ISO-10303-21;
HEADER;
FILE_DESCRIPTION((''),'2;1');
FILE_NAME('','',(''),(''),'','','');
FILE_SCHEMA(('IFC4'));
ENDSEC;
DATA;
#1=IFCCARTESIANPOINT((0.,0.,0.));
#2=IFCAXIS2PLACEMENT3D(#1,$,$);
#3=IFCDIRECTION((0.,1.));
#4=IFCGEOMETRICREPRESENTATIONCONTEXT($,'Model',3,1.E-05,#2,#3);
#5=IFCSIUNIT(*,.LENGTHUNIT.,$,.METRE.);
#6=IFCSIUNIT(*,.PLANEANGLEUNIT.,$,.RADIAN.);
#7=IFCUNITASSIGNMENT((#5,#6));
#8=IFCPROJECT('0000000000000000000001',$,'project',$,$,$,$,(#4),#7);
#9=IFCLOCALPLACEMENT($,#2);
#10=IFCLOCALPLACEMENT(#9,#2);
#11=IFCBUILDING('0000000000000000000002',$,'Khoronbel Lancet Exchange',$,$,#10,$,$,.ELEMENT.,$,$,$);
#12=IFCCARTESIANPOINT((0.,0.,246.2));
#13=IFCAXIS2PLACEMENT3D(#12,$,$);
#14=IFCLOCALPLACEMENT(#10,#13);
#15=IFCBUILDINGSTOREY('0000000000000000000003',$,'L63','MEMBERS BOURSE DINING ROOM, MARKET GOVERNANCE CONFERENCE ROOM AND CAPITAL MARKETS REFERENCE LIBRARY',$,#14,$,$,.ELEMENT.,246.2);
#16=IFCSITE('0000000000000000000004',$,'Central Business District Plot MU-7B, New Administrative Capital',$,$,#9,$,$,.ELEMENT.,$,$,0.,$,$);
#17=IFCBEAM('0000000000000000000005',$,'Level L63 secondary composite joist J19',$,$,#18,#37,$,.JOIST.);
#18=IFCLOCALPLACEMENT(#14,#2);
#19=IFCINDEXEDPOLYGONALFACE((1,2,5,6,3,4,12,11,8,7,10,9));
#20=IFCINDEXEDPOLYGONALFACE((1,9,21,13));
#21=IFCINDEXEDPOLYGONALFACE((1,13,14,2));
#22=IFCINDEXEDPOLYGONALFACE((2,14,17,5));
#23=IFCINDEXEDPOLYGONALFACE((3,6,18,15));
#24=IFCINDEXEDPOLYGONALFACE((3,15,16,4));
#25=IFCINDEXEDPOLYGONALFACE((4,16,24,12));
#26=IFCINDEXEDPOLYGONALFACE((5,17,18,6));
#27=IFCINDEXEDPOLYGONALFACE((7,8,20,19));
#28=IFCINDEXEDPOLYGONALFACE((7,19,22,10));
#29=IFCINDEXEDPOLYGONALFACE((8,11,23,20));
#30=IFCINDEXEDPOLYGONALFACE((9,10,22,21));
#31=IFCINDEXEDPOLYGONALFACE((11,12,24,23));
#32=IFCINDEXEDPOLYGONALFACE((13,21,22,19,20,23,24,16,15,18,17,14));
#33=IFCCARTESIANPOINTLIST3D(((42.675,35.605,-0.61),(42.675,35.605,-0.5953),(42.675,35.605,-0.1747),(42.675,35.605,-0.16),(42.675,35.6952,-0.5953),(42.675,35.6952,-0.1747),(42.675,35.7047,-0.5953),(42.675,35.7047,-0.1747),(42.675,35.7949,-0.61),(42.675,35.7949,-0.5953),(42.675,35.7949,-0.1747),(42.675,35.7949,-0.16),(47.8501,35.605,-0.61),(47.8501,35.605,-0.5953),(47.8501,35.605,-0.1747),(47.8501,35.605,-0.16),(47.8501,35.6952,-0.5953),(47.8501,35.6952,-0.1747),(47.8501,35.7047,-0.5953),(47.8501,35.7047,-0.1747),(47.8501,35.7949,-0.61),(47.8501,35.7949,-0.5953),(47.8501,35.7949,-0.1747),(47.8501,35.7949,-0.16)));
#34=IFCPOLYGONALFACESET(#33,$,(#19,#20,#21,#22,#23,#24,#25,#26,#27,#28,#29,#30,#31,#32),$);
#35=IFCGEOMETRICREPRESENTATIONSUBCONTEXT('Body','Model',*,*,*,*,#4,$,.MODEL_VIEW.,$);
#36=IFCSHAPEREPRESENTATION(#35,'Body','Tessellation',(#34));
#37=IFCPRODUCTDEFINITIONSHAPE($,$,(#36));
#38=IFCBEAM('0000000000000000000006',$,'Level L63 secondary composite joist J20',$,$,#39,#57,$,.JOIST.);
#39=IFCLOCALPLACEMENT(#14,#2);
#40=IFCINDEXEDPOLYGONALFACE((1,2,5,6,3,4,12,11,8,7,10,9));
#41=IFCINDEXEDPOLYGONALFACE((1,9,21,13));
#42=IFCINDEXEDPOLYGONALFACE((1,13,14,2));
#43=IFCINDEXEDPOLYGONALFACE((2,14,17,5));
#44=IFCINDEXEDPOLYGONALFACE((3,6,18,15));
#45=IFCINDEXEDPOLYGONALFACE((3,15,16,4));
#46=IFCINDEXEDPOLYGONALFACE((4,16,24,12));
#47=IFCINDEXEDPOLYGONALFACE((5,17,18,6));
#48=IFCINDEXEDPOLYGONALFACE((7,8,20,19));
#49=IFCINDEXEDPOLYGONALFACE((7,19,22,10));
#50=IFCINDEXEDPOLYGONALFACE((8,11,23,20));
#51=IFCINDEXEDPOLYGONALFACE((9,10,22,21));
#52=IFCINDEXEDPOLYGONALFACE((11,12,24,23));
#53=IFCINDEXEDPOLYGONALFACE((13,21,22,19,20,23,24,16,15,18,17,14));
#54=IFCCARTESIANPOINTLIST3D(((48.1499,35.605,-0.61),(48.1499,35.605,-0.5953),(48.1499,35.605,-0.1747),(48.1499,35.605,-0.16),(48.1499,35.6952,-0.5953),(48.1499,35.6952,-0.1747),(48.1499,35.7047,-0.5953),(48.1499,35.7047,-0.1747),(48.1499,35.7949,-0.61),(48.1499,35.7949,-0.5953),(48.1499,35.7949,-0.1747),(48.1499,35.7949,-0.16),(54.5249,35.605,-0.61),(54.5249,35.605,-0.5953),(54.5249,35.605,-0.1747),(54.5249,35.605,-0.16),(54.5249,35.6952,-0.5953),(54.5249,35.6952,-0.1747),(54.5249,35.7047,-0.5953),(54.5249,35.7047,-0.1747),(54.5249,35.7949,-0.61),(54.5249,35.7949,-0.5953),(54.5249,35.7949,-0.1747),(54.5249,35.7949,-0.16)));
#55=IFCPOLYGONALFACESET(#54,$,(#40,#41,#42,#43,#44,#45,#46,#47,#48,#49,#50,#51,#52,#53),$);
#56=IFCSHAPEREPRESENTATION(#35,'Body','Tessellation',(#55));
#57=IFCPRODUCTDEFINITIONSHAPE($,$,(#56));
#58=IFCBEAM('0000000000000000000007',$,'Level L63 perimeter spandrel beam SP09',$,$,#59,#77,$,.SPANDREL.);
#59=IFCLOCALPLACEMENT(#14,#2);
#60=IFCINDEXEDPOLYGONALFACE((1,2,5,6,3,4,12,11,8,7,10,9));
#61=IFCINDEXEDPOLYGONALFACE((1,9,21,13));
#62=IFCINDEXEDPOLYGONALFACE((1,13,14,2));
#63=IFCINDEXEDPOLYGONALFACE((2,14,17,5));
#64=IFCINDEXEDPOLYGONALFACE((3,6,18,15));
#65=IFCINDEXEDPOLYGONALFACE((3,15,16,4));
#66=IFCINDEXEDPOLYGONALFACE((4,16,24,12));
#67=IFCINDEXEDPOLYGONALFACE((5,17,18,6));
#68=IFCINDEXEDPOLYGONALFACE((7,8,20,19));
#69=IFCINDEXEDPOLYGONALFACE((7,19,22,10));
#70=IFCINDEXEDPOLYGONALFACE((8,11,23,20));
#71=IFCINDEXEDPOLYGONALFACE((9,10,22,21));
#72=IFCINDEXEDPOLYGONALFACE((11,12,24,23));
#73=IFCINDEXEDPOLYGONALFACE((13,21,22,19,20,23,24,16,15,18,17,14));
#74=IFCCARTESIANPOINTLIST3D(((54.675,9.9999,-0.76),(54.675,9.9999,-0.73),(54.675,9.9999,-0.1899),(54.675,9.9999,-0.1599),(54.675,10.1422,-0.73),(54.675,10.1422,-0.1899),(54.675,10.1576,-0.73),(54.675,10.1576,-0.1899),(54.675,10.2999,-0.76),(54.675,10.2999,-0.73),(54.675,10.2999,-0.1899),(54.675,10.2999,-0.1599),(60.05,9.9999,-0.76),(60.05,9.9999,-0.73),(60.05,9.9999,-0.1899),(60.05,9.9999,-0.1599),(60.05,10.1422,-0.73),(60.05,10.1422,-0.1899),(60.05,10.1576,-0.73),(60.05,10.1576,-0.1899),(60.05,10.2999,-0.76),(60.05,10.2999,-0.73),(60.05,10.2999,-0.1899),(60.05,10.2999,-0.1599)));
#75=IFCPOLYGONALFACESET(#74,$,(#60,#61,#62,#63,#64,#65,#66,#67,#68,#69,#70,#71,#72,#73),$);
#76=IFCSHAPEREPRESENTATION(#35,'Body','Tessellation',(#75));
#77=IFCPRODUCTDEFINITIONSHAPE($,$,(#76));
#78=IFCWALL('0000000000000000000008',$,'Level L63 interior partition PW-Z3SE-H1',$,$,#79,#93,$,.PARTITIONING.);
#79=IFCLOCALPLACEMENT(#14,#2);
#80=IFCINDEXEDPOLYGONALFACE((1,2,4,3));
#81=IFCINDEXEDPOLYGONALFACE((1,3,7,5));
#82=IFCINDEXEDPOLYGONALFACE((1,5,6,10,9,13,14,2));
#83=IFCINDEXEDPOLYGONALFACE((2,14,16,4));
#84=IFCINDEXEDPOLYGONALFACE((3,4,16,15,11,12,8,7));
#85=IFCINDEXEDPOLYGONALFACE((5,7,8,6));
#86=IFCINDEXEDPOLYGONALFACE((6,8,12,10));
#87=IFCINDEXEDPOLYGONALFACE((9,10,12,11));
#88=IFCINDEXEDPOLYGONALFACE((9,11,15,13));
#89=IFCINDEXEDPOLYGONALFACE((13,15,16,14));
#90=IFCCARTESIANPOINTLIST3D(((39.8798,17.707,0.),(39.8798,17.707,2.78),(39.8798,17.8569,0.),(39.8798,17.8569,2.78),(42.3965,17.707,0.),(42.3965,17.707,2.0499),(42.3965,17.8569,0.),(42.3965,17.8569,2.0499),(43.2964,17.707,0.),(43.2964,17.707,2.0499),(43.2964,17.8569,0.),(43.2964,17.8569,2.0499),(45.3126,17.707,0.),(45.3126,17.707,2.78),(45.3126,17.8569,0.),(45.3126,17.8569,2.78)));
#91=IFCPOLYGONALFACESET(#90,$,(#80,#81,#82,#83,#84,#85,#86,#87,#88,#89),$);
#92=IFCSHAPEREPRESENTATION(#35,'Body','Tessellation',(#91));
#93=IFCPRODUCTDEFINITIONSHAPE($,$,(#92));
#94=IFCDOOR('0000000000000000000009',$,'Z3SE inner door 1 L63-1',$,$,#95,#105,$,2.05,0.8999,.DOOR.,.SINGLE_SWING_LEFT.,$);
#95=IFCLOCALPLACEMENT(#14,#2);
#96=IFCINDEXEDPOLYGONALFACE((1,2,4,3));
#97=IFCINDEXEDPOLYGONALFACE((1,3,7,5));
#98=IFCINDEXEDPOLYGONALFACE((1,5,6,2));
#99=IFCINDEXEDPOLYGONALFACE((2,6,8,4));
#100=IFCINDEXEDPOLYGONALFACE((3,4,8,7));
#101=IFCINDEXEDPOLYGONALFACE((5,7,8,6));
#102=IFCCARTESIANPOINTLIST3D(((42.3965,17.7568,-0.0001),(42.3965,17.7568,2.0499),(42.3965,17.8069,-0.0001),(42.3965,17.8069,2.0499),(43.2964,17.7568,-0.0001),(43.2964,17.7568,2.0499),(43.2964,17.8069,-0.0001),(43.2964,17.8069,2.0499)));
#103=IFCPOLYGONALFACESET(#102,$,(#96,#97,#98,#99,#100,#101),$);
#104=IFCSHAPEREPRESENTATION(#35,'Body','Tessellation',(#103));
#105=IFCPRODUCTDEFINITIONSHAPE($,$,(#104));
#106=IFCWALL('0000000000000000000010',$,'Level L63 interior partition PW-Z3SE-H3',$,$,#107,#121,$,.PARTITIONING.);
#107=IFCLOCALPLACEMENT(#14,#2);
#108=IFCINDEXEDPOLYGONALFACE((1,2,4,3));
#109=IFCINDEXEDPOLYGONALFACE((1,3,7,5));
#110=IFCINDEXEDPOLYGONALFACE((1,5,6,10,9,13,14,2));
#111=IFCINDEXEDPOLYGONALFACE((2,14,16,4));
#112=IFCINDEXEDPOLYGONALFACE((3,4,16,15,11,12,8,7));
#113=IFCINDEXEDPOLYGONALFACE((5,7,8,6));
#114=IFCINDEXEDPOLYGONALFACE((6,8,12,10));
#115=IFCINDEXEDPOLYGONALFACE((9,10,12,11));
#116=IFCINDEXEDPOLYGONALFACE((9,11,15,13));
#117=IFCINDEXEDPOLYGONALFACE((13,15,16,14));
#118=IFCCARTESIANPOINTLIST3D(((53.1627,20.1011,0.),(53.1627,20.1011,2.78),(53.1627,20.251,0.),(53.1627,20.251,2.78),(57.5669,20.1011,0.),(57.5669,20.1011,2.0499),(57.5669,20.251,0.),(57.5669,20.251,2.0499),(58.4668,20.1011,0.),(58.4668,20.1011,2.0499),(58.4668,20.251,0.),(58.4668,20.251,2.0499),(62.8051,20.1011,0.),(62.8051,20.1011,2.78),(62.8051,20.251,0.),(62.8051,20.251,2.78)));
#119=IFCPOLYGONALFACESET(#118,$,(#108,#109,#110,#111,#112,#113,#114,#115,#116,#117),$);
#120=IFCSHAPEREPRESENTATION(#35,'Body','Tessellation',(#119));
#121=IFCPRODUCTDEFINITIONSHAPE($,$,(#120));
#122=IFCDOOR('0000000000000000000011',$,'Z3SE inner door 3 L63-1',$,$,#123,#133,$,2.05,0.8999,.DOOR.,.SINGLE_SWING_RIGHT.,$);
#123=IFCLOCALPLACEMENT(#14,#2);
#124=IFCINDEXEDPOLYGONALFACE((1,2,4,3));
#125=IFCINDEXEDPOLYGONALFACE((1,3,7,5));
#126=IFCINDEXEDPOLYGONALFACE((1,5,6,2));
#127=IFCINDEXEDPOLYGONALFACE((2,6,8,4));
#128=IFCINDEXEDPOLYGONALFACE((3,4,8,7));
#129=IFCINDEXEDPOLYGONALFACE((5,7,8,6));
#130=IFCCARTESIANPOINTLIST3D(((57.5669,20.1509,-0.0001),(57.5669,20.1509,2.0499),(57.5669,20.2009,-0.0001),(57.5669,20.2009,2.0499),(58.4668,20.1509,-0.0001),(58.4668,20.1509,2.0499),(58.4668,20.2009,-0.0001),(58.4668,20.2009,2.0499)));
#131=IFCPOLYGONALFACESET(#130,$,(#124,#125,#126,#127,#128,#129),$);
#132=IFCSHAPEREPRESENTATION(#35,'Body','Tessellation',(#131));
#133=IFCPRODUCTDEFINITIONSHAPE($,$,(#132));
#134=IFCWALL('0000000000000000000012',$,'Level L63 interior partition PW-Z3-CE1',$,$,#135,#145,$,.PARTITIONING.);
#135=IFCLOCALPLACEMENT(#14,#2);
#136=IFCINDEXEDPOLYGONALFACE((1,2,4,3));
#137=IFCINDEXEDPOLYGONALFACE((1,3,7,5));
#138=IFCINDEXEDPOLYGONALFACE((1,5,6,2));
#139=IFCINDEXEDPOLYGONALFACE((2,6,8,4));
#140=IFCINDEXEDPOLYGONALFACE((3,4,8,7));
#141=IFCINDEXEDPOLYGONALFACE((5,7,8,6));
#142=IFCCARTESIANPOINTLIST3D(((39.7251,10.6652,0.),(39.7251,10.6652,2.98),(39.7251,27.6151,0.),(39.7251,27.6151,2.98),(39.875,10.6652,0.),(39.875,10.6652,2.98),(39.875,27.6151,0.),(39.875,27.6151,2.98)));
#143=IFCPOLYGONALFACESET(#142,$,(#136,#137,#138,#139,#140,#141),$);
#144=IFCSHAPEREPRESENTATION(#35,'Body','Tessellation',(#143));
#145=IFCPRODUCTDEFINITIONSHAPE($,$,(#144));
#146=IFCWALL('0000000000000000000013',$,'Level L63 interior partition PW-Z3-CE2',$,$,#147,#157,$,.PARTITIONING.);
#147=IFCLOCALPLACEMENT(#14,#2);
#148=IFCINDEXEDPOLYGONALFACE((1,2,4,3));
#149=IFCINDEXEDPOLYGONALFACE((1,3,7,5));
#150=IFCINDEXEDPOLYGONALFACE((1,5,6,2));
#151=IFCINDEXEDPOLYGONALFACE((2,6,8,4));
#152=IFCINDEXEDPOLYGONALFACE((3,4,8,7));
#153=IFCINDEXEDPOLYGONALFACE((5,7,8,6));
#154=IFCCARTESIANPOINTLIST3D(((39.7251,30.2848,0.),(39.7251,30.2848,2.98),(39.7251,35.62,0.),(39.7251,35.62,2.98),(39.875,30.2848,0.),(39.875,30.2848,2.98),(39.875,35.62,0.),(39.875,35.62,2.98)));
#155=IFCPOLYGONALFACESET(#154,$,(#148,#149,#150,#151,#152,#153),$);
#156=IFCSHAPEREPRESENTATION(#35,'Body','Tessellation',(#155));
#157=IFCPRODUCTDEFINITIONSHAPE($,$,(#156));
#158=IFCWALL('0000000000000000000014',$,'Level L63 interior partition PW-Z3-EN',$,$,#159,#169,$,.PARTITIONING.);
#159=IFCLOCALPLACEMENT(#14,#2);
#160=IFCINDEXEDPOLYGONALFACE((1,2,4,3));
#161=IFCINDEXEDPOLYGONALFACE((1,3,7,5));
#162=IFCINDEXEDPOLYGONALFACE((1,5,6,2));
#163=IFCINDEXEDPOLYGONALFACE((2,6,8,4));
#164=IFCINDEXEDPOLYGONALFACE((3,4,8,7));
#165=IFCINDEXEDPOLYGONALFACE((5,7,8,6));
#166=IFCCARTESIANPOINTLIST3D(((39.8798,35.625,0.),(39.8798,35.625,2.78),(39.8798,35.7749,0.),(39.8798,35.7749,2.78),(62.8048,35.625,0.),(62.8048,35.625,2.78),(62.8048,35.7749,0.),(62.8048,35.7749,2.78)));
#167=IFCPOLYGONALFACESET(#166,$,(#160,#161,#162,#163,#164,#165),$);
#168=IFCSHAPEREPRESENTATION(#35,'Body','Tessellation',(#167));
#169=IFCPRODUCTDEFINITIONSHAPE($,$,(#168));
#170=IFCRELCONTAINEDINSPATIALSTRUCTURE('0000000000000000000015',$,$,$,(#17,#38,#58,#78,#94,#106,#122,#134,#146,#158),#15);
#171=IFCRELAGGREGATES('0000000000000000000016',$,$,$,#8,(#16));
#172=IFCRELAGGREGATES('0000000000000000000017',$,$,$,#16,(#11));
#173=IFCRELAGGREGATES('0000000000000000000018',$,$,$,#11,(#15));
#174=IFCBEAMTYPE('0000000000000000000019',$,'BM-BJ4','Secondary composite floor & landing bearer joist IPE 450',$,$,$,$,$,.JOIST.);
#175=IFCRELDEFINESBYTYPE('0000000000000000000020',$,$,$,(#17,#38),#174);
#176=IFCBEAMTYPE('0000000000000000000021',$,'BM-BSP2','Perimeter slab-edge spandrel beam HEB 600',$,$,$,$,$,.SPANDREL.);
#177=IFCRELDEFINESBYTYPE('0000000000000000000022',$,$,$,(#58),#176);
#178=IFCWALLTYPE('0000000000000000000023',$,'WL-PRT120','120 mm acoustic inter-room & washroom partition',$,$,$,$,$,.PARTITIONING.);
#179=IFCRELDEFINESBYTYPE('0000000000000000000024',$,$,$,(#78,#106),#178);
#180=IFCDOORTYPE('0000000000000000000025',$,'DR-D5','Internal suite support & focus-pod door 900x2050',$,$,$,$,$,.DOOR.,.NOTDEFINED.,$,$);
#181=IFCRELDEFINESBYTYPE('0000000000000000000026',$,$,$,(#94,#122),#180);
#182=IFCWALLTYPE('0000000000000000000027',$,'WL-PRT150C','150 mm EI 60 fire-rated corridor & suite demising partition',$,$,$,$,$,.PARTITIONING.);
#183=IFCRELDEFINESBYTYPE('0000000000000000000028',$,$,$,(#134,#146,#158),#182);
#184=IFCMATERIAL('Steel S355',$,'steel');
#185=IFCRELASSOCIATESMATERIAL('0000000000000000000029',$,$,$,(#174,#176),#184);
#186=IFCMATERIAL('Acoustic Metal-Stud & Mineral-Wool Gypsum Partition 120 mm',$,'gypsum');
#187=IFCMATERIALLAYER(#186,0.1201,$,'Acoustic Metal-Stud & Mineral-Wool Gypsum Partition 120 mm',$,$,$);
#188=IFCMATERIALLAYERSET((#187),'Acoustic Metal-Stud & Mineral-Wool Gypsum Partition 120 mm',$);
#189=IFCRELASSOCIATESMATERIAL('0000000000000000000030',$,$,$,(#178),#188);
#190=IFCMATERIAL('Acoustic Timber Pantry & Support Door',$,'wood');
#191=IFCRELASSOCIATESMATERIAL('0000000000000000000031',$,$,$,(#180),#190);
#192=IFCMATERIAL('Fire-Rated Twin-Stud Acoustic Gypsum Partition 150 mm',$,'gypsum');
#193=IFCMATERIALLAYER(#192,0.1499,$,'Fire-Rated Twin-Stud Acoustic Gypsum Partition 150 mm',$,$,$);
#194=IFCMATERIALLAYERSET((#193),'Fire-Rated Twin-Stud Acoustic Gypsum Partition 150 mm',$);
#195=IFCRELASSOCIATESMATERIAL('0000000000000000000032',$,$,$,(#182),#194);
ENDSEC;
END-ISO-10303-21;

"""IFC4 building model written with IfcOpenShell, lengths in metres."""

from ifc_helpers import new_model, si_unit, direction, frame, frame_2d, origin, origin_2d, place, context, subcontext, project, spatial, rectangle, i_section, extrude, material, layer, layer_set, material_profile, profile_set, type_object, element, fill, save


model = new_model("IFC4")

# Units and contexts
model_context = context("Model", 3, precision=1e-05, world=origin(), true_north=direction((0.0, 1.0)))
body_context = subcontext(model_context, "Body", "Model", "MODEL_VIEW")
ifc_project = project(units=[si_unit("LENGTHUNIT", "METRE"), si_unit("PLANEANGLEUNIT", "RADIAN")], contexts=[model_context])

# Site, building, storey
site_placement = place(None, origin())
site = spatial("IfcSite", under=ifc_project, at=site_placement, Name="Central Business District Plot MU-7B, New Administrative Capital", CompositionType="ELEMENT", RefElevation=0.0)
building_placement = place(site_placement, origin())
building = spatial("IfcBuilding", under=site, at=building_placement, Name="Khoronbel Lancet Exchange", CompositionType="ELEMENT")
storey_placement = place(building_placement, frame((0.0, 0.0, 246.2)))
storey = spatial("IfcBuildingStorey", under=building, at=storey_placement, Name="L63", Description="MEMBERS BOURSE DINING ROOM, MARKET GOVERNANCE CONFERENCE ROOM AND CAPITAL MARKETS REFERENCE LIBRARY", CompositionType="ELEMENT", Elevation=246.2)

# Shared definitions
ifc_material_1 = material(Name="Steel S355", Category="steel")

# Beams
ifc_material_profile_1 = material_profile(ifc_material_1, i_section(OverallWidth=0.1899, OverallDepth=0.45, WebThickness=0.0095, FlangeThickness=0.0146, at=origin_2d()), Name="IPE 450")
ifc_profile_set_1 = profile_set([ifc_material_profile_1], Name="Steel S355")
beam_type_1 = type_object("IfcBeamType", Name="BM-BJ4", Description="Secondary composite floor & landing bearer joist IPE 450", PredefinedType="JOIST", material=ifc_profile_set_1)
beam_1_placement = place(storey_placement, frame((42.675, 35.7, -0.385), z_axis=(1.0, 0.0, 0.0), x_axis=(0.0, 1.0, 0.0)))
element("IfcBeam", 1, at=beam_1_placement, inside=storey, type_object=beam_type_1, Name="Level L63 secondary composite joist J19", PredefinedType="JOIST", context=body_context, shape_type="SweptSolid", body=[
    extrude(i_section(OverallWidth=0.1899, OverallDepth=0.45, WebThickness=0.0095, FlangeThickness=0.0146, at=origin_2d()), origin(), (0.0, 0.0, 1.0), 5.175),
])
beam_2_placement = place(storey_placement, frame((48.1499, 35.7, -0.385), z_axis=(1.0, 0.0, 0.0), x_axis=(0.0, 1.0, 0.0)))
element("IfcBeam", 2, at=beam_2_placement, inside=storey, type_object=beam_type_1, Name="Level L63 secondary composite joist J20", PredefinedType="JOIST", context=body_context, shape_type="SweptSolid", body=[
    extrude(i_section(OverallWidth=0.1899, OverallDepth=0.45, WebThickness=0.0095, FlangeThickness=0.0146, at=origin_2d()), origin(), (0.0, 0.0, 1.0), 6.375),
])
ifc_material_profile_2 = material_profile(ifc_material_1, i_section(OverallWidth=0.3, OverallDepth=0.6001, WebThickness=0.0154, FlangeThickness=0.03, at=origin_2d()), Name="HEB 600")
ifc_profile_set_2 = profile_set([ifc_material_profile_2], Name="Steel S355")
beam_type_2 = type_object("IfcBeamType", Name="BM-BSP2", Description="Perimeter slab-edge spandrel beam HEB 600", PredefinedType="SPANDREL", material=ifc_profile_set_2)
beam_3_placement = place(storey_placement, frame((54.675, 10.1499, -0.46), z_axis=(1.0, 0.0, 0.0), x_axis=(0.0, 1.0, 0.0)))
element("IfcBeam", 3, at=beam_3_placement, inside=storey, type_object=beam_type_2, Name="Level L63 perimeter spandrel beam SP09", PredefinedType="SPANDREL", context=body_context, shape_type="SweptSolid", body=[
    extrude(i_section(OverallWidth=0.3, OverallDepth=0.6001, WebThickness=0.0154, FlangeThickness=0.03, at=origin_2d()), origin(), (0.0, 0.0, 1.0), 5.375),
])

# Walls, openings, doors
ifc_material_2 = material(Name="Acoustic Metal-Stud & Mineral-Wool Gypsum Partition 120 mm", Category="gypsum")
ifc_layer_1 = layer(ifc_material_2, 0.1201, Name="Acoustic Metal-Stud & Mineral-Wool Gypsum Partition 120 mm")
ifc_layer_set_1 = layer_set([ifc_layer_1], Name="Acoustic Metal-Stud & Mineral-Wool Gypsum Partition 120 mm")
wall_type_1 = type_object("IfcWallType", Name="WL-PRT120", Description="120 mm acoustic inter-room & washroom partition", PredefinedType="PARTITIONING", material=ifc_layer_set_1)
wall_1_placement = place(storey_placement, frame((39.8799, 17.782, 0.0), z_axis=(0.0, 0.0, 1.0), x_axis=(1.0, 0.0, 0.0)))
wall_1 = element("IfcWall", 4, at=wall_1_placement, inside=storey, type_object=wall_type_1, Name="Level L63 interior partition PW-Z3SE-H1", PredefinedType="PARTITIONING", context=body_context, shape_type="SweptSolid", body=[
    extrude(rectangle(XDim=5.4329, YDim=0.1499, at=frame_2d((2.7163, 0.0))), origin(), (0.0, 0.0, 1.0), 2.78),
])
opening_1_placement = place(wall_1_placement, frame((2.5166, 0.0, 0.0)))
opening_1 = element("IfcOpeningElement", 5, at=opening_1_placement, cuts=wall_1, PredefinedType="OPENING", context=body_context, shape_type="SweptSolid", body=[
    extrude(rectangle(XDim=0.8999, YDim=2.05, at=frame_2d((0.45, 1.0249))), frame((0.0, 0.085, 0.0), z_axis=(0.0, -1.0, 0.0), x_axis=(1.0, 0.0, 0.0)), (0.0, 0.0, 1.0), 0.1699),
])
ifc_material_3 = material(Name="Acoustic Timber Pantry & Support Door", Category="wood")
door_type_1 = type_object("IfcDoorType", Name="DR-D5", Description="Internal suite support & focus-pod door 900x2050", OperationType="NOTDEFINED", PredefinedType="DOOR", material=ifc_material_3)
door_1_placement = place(opening_1_placement, origin())
door_1 = element("IfcDoor", 6, at=door_1_placement, inside=storey, type_object=door_type_1, Name="Z3SE inner door 1 L63-1", OperationType="SINGLE_SWING_LEFT", OverallHeight=2.05, OverallWidth=0.8999, PredefinedType="DOOR", context=body_context, shape_type="SweptSolid", body=[
    extrude(rectangle(XDim=0.8999, YDim=2.05, at=frame_2d((0.45, 1.0249))), frame((0.0, 0.0249, 0.0), z_axis=(0.0, -1.0, 0.0), x_axis=(1.0, 0.0, 0.0)), (0.0, 0.0, 1.0), 0.05),
])
fill(opening_1, door_1)
wall_2_placement = place(storey_placement, frame((53.1626, 20.176, 0.0), z_axis=(0.0, 0.0, 1.0), x_axis=(1.0, 0.0, 0.0)))
wall_2 = element("IfcWall", 7, at=wall_2_placement, inside=storey, type_object=wall_type_1, Name="Level L63 interior partition PW-Z3SE-H3", PredefinedType="PARTITIONING", context=body_context, shape_type="SweptSolid", body=[
    extrude(rectangle(XDim=9.6423, YDim=0.1499, at=frame_2d((4.8213, 0.0))), origin(), (0.0, 0.0, 1.0), 2.78),
])
opening_2_placement = place(wall_2_placement, frame((4.4043, 0.0, 0.0)))
opening_2 = element("IfcOpeningElement", 8, at=opening_2_placement, cuts=wall_2, PredefinedType="OPENING", context=body_context, shape_type="SweptSolid", body=[
    extrude(rectangle(XDim=0.8999, YDim=2.05, at=frame_2d((0.45, 1.0249))), frame((0.0, 0.085, 0.0), z_axis=(0.0, -1.0, 0.0), x_axis=(1.0, 0.0, 0.0)), (0.0, 0.0, 1.0), 0.1699),
])
door_2_placement = place(opening_2_placement, origin())
door_2 = element("IfcDoor", 9, at=door_2_placement, inside=storey, type_object=door_type_1, Name="Z3SE inner door 3 L63-1", OperationType="SINGLE_SWING_RIGHT", OverallHeight=2.05, OverallWidth=0.8999, PredefinedType="DOOR", context=body_context, shape_type="SweptSolid", body=[
    extrude(rectangle(XDim=0.8999, YDim=2.05, at=frame_2d((0.45, 1.0249))), frame((0.0, 0.0249, 0.0), z_axis=(0.0, -1.0, 0.0), x_axis=(1.0, 0.0, 0.0)), (0.0, 0.0, 1.0), 0.05),
])
fill(opening_2, door_2)

# Walls
ifc_material_4 = material(Name="Fire-Rated Twin-Stud Acoustic Gypsum Partition 150 mm", Category="gypsum")
ifc_layer_2 = layer(ifc_material_4, 0.1499, Name="Fire-Rated Twin-Stud Acoustic Gypsum Partition 150 mm")
ifc_layer_set_2 = layer_set([ifc_layer_2], Name="Fire-Rated Twin-Stud Acoustic Gypsum Partition 150 mm")
wall_type_2 = type_object("IfcWallType", Name="WL-PRT150C", Description="150 mm EI 60 fire-rated corridor & suite demising partition", PredefinedType="PARTITIONING", material=ifc_layer_set_2)
wall_3_placement = place(storey_placement, frame((39.8, 10.665, 0.0), z_axis=(0.0, 0.0, 1.0), x_axis=(0.0, 1.0, 0.0)))
element("IfcWall", 10, at=wall_3_placement, inside=storey, type_object=wall_type_2, Name="Level L63 interior partition PW-Z3-CE1", PredefinedType="PARTITIONING", context=body_context, shape_type="SweptSolid", body=[
    extrude(rectangle(XDim=16.95, YDim=0.1499, at=frame_2d((8.4751, 0.0))), origin(), (0.0, 0.0, 1.0), 2.98),
])
wall_4_placement = place(storey_placement, frame((39.8, 30.2849, 0.0), z_axis=(0.0, 0.0, 1.0), x_axis=(0.0, 1.0, 0.0)))
element("IfcWall", 11, at=wall_4_placement, inside=storey, type_object=wall_type_2, Name="Level L63 interior partition PW-Z3-CE2", PredefinedType="PARTITIONING", context=body_context, shape_type="SweptSolid", body=[
    extrude(rectangle(XDim=5.3352, YDim=0.1499, at=frame_2d((2.6675, 0.0))), origin(), (0.0, 0.0, 1.0), 2.98),
])
wall_5_placement = place(storey_placement, frame((39.8799, 35.7, 0.0), z_axis=(0.0, 0.0, 1.0), x_axis=(1.0, 0.0, 0.0)))
element("IfcWall", 12, at=wall_5_placement, inside=storey, type_object=wall_type_2, Name="Level L63 interior partition PW-Z3-EN", PredefinedType="PARTITIONING", context=body_context, shape_type="SweptSolid", body=[
    extrude(rectangle(XDim=22.925, YDim=0.1499, at=frame_2d((11.4624, 0.0))), origin(), (0.0, 0.0, 1.0), 2.78),
])

save(model, "model.ifc")
